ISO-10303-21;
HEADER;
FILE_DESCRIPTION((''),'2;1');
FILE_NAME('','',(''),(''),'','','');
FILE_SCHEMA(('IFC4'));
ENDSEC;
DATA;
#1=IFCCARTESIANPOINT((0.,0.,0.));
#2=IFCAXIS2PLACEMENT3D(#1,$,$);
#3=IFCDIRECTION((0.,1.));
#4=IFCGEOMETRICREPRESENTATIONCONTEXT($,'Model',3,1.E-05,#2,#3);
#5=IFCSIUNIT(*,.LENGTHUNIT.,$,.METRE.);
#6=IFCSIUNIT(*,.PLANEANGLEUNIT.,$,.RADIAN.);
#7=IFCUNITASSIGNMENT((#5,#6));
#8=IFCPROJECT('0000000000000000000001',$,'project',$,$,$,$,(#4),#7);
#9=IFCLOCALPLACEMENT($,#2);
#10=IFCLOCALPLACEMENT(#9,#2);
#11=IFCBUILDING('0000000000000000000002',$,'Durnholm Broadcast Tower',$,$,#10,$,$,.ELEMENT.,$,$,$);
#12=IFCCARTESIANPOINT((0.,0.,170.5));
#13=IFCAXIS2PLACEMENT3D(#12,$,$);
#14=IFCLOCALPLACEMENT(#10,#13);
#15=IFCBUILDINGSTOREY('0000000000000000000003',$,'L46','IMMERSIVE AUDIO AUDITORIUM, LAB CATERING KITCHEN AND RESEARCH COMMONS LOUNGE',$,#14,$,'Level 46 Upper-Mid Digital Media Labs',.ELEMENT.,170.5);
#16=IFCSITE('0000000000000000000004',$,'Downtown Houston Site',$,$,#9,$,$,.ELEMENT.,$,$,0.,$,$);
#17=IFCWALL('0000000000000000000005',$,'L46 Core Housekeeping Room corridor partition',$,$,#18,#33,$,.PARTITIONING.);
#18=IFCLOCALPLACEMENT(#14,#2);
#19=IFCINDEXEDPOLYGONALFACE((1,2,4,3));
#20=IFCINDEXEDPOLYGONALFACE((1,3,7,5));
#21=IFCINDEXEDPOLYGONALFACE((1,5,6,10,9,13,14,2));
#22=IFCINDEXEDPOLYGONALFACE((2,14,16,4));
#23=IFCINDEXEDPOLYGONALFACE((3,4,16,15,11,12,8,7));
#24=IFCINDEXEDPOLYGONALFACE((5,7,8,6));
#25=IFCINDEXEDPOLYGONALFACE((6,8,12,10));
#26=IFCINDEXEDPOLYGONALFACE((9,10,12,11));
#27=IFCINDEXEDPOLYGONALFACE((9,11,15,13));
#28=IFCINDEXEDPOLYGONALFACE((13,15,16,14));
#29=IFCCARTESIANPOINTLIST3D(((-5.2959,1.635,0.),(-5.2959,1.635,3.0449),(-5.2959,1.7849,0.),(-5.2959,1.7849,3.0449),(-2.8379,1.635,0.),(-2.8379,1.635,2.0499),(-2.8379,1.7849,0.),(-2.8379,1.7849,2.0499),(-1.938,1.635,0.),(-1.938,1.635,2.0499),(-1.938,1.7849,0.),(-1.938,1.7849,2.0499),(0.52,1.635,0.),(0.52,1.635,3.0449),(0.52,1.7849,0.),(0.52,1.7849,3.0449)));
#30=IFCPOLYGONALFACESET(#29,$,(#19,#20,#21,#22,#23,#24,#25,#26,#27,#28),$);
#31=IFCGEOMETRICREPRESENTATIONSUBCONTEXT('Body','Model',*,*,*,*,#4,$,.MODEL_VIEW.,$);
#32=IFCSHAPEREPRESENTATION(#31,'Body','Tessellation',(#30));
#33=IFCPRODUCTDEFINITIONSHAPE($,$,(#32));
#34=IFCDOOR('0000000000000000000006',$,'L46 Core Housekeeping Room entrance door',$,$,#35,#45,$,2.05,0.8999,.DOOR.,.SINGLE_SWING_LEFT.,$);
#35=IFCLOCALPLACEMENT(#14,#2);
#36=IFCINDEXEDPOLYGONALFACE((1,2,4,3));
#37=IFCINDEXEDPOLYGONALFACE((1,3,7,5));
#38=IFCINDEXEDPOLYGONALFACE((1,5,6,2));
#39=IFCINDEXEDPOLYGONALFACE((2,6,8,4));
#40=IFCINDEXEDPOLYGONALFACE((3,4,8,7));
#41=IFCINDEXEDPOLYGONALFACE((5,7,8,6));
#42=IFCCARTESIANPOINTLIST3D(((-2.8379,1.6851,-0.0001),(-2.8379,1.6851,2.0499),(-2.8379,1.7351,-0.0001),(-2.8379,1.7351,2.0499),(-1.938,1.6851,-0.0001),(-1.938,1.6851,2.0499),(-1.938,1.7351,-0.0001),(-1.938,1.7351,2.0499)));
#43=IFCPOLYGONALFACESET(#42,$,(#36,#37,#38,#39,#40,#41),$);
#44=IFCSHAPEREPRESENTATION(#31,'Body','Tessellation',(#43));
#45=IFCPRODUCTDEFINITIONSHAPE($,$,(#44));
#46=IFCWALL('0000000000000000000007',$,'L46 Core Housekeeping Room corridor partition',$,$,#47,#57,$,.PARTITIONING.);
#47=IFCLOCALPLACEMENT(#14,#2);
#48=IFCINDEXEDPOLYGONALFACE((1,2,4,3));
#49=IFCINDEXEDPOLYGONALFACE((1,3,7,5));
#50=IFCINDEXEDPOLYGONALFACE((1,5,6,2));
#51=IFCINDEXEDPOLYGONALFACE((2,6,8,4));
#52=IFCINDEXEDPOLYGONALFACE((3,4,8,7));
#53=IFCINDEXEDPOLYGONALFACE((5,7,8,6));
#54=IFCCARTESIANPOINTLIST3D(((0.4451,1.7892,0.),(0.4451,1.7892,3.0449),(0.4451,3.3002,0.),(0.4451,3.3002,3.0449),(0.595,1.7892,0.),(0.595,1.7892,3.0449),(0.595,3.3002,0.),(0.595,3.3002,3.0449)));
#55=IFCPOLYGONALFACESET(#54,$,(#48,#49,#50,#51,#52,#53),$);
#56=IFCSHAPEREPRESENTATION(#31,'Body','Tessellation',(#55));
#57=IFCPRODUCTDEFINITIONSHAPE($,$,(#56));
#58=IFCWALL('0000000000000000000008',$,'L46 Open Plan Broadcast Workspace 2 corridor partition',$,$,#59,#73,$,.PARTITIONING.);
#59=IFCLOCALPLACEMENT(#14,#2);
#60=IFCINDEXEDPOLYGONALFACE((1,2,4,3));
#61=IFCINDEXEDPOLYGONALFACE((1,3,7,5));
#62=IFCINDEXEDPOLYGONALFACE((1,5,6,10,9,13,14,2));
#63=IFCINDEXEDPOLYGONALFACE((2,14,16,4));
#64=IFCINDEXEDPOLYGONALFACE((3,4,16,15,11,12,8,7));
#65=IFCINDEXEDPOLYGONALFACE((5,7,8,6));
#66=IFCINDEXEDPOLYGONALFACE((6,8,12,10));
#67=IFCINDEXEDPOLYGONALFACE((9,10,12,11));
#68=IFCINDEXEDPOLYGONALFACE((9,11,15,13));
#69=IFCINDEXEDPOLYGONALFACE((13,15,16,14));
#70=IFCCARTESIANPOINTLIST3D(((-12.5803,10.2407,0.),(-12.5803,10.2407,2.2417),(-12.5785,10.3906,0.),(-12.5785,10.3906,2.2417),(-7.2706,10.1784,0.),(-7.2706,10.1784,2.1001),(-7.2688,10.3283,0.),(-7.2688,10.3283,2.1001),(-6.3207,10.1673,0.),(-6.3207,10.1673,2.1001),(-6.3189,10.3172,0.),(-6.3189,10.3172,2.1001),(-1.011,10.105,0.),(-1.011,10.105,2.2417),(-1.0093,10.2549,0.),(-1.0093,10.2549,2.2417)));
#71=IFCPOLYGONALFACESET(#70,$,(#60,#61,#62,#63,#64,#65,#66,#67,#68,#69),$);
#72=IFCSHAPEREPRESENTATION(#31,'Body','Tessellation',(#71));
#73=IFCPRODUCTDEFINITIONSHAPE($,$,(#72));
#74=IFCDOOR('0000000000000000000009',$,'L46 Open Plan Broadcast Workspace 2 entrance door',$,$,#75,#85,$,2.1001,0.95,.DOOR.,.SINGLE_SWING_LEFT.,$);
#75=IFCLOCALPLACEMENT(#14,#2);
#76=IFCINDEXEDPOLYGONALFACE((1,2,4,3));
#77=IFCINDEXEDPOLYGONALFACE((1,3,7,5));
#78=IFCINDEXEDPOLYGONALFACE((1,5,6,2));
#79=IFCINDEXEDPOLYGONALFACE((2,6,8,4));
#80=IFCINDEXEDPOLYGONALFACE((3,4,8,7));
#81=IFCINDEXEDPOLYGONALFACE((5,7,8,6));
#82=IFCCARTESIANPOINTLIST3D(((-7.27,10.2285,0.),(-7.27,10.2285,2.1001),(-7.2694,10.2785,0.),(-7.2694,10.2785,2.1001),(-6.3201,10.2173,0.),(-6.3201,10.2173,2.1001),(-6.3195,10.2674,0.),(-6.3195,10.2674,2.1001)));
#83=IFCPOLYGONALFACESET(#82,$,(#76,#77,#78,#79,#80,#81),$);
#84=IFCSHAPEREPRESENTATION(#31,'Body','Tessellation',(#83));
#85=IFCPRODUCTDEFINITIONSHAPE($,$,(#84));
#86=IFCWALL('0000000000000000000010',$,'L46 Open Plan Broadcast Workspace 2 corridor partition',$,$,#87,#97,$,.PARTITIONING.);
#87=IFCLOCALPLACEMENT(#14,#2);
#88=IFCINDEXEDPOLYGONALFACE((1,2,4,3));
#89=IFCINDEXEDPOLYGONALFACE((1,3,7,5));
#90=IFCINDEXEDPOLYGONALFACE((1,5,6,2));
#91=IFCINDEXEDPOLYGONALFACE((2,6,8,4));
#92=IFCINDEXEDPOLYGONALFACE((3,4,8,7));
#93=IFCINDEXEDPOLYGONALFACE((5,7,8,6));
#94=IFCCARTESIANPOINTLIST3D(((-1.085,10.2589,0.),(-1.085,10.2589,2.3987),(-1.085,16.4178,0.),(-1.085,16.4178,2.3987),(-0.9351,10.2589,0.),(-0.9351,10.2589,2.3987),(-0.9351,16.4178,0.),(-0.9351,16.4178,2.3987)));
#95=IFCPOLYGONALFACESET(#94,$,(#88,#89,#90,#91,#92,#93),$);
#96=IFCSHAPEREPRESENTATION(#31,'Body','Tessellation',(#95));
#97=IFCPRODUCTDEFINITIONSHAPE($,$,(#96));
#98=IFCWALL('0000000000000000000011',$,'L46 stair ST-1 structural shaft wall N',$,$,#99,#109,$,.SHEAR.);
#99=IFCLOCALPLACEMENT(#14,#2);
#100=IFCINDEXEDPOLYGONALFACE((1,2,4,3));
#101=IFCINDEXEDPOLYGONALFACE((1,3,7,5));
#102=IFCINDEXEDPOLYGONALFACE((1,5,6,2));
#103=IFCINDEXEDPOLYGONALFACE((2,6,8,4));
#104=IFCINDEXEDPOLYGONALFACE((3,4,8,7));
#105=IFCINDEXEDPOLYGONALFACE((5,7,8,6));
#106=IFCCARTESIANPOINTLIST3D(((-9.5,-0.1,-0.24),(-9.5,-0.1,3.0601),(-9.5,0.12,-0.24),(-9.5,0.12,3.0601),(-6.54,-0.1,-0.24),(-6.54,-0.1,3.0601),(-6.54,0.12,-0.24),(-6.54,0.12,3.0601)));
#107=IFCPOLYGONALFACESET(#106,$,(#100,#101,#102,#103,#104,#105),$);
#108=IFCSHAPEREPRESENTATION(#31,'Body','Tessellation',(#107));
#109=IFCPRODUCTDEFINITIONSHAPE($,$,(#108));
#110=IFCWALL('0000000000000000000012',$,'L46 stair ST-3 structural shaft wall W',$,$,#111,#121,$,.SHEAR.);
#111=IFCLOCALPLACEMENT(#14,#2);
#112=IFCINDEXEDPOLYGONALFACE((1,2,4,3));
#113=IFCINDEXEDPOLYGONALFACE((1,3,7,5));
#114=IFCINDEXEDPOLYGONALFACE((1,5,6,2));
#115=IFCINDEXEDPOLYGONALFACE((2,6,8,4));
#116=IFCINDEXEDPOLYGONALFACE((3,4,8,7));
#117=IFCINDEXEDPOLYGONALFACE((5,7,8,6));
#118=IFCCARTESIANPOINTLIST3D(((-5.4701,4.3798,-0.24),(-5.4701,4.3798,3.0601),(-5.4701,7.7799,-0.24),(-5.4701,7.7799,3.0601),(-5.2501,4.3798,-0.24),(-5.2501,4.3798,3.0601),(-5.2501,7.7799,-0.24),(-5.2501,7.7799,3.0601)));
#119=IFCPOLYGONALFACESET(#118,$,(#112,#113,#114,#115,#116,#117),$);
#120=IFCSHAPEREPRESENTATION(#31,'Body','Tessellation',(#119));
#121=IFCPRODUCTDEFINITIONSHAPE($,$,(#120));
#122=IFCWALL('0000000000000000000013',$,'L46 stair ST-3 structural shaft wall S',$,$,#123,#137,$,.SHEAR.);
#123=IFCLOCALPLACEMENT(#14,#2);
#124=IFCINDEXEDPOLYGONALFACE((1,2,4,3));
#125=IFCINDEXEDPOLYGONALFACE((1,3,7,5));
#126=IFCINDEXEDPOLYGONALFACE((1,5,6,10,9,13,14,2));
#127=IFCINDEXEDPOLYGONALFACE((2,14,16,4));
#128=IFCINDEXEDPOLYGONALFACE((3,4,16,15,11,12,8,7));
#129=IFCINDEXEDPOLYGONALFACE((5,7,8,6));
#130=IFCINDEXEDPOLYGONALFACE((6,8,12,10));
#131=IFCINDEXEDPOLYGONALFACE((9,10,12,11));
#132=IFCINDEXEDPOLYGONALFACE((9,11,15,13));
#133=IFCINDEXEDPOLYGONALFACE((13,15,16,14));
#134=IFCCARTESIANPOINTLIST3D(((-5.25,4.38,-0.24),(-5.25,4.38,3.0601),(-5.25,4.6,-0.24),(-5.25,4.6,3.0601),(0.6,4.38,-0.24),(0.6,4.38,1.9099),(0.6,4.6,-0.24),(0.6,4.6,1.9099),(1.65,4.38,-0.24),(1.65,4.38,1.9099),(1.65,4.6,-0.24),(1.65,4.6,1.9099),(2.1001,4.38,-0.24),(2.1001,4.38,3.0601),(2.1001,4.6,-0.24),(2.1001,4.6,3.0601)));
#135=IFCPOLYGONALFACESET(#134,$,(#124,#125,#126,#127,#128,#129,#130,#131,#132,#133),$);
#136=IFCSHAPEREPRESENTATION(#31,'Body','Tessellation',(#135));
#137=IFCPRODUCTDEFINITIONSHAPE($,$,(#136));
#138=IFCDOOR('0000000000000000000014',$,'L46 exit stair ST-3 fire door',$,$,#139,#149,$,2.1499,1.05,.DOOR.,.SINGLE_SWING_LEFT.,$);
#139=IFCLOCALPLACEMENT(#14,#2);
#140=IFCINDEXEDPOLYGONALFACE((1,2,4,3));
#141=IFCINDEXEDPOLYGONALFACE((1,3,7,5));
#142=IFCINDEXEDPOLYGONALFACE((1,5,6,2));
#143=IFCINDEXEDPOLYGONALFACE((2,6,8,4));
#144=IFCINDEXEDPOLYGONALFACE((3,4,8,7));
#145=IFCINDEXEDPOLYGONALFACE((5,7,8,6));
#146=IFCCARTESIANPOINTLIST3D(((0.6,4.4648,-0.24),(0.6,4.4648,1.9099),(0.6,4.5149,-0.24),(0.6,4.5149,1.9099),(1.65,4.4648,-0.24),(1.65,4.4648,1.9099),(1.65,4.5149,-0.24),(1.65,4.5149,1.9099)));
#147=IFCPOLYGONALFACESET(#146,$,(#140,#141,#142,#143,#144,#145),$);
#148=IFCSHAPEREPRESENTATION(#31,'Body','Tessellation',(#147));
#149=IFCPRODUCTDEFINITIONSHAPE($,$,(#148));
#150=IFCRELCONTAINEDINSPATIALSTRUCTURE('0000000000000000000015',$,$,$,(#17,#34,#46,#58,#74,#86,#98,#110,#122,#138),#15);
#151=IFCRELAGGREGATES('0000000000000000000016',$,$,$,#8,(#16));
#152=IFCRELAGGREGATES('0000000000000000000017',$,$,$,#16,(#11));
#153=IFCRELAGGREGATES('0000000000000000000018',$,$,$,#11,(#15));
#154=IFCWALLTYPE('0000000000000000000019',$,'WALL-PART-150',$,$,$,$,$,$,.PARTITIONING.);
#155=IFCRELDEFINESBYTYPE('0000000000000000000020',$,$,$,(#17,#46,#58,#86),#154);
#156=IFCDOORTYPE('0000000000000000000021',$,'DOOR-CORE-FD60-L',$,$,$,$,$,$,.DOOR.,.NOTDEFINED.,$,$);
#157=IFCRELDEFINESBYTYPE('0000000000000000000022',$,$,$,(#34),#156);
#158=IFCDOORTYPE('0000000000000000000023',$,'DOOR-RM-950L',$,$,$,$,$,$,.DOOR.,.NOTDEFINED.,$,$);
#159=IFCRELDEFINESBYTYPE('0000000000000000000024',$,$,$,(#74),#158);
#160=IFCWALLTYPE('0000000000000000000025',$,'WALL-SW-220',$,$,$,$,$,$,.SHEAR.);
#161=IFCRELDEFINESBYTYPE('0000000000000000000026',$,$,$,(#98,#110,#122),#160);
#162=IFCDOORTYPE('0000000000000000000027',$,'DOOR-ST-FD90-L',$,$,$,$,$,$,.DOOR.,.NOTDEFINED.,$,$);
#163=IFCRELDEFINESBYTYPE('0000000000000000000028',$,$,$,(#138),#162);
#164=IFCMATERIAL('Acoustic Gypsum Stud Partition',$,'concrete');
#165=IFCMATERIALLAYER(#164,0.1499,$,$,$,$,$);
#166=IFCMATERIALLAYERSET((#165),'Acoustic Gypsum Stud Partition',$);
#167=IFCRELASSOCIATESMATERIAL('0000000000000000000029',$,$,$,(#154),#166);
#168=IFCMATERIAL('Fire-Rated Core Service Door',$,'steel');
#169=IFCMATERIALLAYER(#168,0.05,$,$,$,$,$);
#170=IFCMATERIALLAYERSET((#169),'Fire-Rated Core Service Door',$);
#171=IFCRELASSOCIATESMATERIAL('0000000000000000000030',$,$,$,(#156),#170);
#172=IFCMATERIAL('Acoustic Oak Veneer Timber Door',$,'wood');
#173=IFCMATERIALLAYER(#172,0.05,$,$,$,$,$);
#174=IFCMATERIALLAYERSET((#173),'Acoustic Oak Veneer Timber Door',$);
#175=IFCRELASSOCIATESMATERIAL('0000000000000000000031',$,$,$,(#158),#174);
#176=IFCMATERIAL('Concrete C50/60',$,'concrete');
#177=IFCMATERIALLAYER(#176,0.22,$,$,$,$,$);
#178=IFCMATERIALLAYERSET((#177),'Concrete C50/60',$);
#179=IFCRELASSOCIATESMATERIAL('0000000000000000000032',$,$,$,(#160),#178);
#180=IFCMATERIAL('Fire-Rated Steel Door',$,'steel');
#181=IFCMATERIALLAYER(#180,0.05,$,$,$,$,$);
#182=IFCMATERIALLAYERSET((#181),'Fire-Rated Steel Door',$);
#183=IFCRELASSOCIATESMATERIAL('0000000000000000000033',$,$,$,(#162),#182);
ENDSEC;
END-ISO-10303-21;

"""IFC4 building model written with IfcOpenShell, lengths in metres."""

from ifc_helpers import new_model, si_unit, direction, frame, frame_2d, origin, place, context, subcontext, project, spatial, rectangle, extrude, source, transform, mapped, material, layer, layer_set, type_object, type_shapes, element, fill, save


model = new_model("IFC4")

# Units and contexts
model_context = context("Model", 3, precision=1e-05, world=origin(), true_north=direction((0.0, 1.0)))
body_context = subcontext(model_context, "Body", "Model", "MODEL_VIEW")
ifc_project = project(units=[si_unit("LENGTHUNIT", "METRE"), si_unit("PLANEANGLEUNIT", "RADIAN")], contexts=[model_context])

# Site, building, storey
site_placement = place(None, origin())
site = spatial("IfcSite", under=ifc_project, at=site_placement, Name="Downtown Houston Site", CompositionType="ELEMENT", RefElevation=0.0)
building_placement = place(site_placement, origin())
building = spatial("IfcBuilding", under=site, at=building_placement, Name="Durnholm Broadcast Tower", CompositionType="ELEMENT")
storey_placement = place(building_placement, frame((0.0, 0.0, 170.5)))
storey = spatial("IfcBuildingStorey", under=building, at=storey_placement, Name="L46", Description="IMMERSIVE AUDIO AUDITORIUM, LAB CATERING KITCHEN AND RESEARCH COMMONS LOUNGE", LongName="Level 46 Upper-Mid Digital Media Labs", CompositionType="ELEMENT", Elevation=170.5)

# Shared definitions
ifc_material_1 = material(Name="Concrete C50/60", Category="concrete")

# Wall, opening, door
ifc_material_2 = material(Name="Acoustic Gypsum Stud Partition", Category="concrete")
ifc_layer_1 = layer(ifc_material_2, 0.1499)
ifc_layer_set_1 = layer_set([ifc_layer_1], Name="Acoustic Gypsum Stud Partition")
wall_type_1 = type_object("IfcWallType", Name="WALL-PART-150", PredefinedType="PARTITIONING", material=ifc_layer_set_1)
wall_1_placement = place(storey_placement, frame((0.52, 1.71, 0.0), z_axis=(0.0, 0.0, 1.0), x_axis=(-1.0, 0.0, 0.0)))
wall_1 = element("IfcWall", 1, at=wall_1_placement, inside=storey, type_object=wall_type_1, Name="L46 Core Housekeeping Room corridor partition", PredefinedType="PARTITIONING", context=body_context, shape_type="SweptSolid", body=[
    extrude(rectangle(XDim=5.8159, YDim=0.1499, at=frame_2d((2.908, 0.0))), origin(), (0.0, 0.0, 1.0), 3.0449),
])
opening_1_placement = place(wall_1_placement, frame((2.458, 0.0, 0.0)))
opening_1 = element("IfcOpeningElement", 2, at=opening_1_placement, cuts=wall_1, PredefinedType="OPENING", context=body_context, shape_type="SweptSolid", body=[
    extrude(rectangle(XDim=0.8999, YDim=2.05, at=frame_2d((0.45, 1.0249))), frame((0.0, 0.085, 0.0), z_axis=(0.0, -1.0, 0.0), x_axis=(1.0, 0.0, 0.0)), (0.0, 0.0, 1.0), 0.1699),
])
ifc_material_3 = material(Name="Fire-Rated Core Service Door", Category="steel")
ifc_layer_2 = layer(ifc_material_3, 0.05)
ifc_layer_set_2 = layer_set([ifc_layer_2], Name="Fire-Rated Core Service Door")
door_type_1 = type_object("IfcDoorType", Name="DOOR-CORE-FD60-L", OperationType="NOTDEFINED", PredefinedType="DOOR", material=ifc_layer_set_2)
shared_shape_1 = source(origin(), body_context, "Body", "SweptSolid", [
    extrude(rectangle(XDim=0.8999, YDim=2.05, at=frame_2d((0.45, 1.0249))), frame((0.0, 0.0249, 0.0), z_axis=(0.0, -1.0, 0.0), x_axis=(1.0, 0.0, 0.0)), (0.0, 0.0, 1.0), 0.05),
])
type_shapes(door_type_1, [shared_shape_1])
door_1_placement = place(opening_1_placement, origin())
door_1 = element("IfcDoor", 3, at=door_1_placement, inside=storey, type_object=door_type_1, Name="L46 Core Housekeeping Room entrance door", OperationType="SINGLE_SWING_LEFT", OverallHeight=2.05, OverallWidth=0.8999, PredefinedType="DOOR", context=body_context, shape_type="MappedRepresentation", body=[
    mapped(shared_shape_1, transform((0.0, 0.0, 0.0), x_axis=(1.0, 0.0, 0.0), y_axis=(0.0, 1.0, 0.0), z_axis=(0.0, 0.0, 1.0), scale=1.0)),
])
fill(opening_1, door_1)

# Wall
wall_2_placement = place(storey_placement, frame((0.52, 3.3, 0.0), z_axis=(0.0, 0.0, 1.0), x_axis=(0.0, -1.0, 0.0)))
element("IfcWall", 4, at=wall_2_placement, inside=storey, type_object=wall_type_1, Name="L46 Core Housekeeping Room corridor partition", PredefinedType="PARTITIONING", context=body_context, shape_type="SweptSolid", body=[
    extrude(rectangle(XDim=1.511, YDim=0.1499, at=frame_2d((0.7554, 0.0))), origin(), (0.0, 0.0, 1.0), 3.0449),
])

# Wall, opening, door
wall_3_placement = place(storey_placement, frame((-1.01, 10.1799, 0.0), z_axis=(0.0, 0.0, 1.0), x_axis=(-0.999931, 0.011732, 0.0)))
wall_3 = element("IfcWall", 5, at=wall_3_placement, inside=storey, type_object=wall_type_1, Name="L46 Open Plan Broadcast Workspace 2 corridor partition", PredefinedType="PARTITIONING", context=body_context, shape_type="SweptSolid", body=[
    extrude(rectangle(XDim=11.5701, YDim=0.1499, at=frame_2d((5.7852, 0.0))), origin(), (0.0, 0.0, 1.0), 2.2417),
])
opening_2_placement = place(wall_3_placement, frame((5.3101, 0.0, 0.0)))
opening_2 = element("IfcOpeningElement", 6, at=opening_2_placement, cuts=wall_3, PredefinedType="OPENING", context=body_context, shape_type="SweptSolid", body=[
    extrude(rectangle(XDim=0.95, YDim=2.1001, at=frame_2d((0.4751, 1.05))), frame((0.0, 0.085, 0.0), z_axis=(0.0, -1.0, 0.0), x_axis=(1.0, 0.0, 0.0)), (0.0, 0.0, 1.0), 0.1699),
])
ifc_material_4 = material(Name="Acoustic Oak Veneer Timber Door", Category="wood")
ifc_layer_3 = layer(ifc_material_4, 0.05)
ifc_layer_set_3 = layer_set([ifc_layer_3], Name="Acoustic Oak Veneer Timber Door")
door_type_2 = type_object("IfcDoorType", Name="DOOR-RM-950L", OperationType="NOTDEFINED", PredefinedType="DOOR", material=ifc_layer_set_3)
shared_shape_2 = source(origin(), body_context, "Body", "SweptSolid", [
    extrude(rectangle(XDim=0.95, YDim=2.1001, at=frame_2d((0.4751, 1.05))), frame((0.0, 0.0249, 0.0), z_axis=(0.0, -1.0, 0.0), x_axis=(1.0, 0.0, 0.0)), (0.0, 0.0, 1.0), 0.05),
])
type_shapes(door_type_2, [shared_shape_2])
door_2_placement = place(opening_2_placement, origin())
door_2 = element("IfcDoor", 7, at=door_2_placement, inside=storey, type_object=door_type_2, Name="L46 Open Plan Broadcast Workspace 2 entrance door", OperationType="SINGLE_SWING_LEFT", OverallHeight=2.1001, OverallWidth=0.95, PredefinedType="DOOR", context=body_context, shape_type="MappedRepresentation", body=[
    mapped(shared_shape_2, transform((0.0, 0.0, 0.0), x_axis=(1.0, 0.0, 0.0), y_axis=(0.0, 1.0, 0.0), z_axis=(0.0, 0.0, 1.0), scale=1.0)),
])
fill(opening_2, door_2)

# Walls
wall_4_placement = place(storey_placement, frame((-1.01, 16.418, 0.0), z_axis=(0.0, 0.0, 1.0), x_axis=(0.0, -1.0, 0.0)))
element("IfcWall", 8, at=wall_4_placement, inside=storey, type_object=wall_type_1, Name="L46 Open Plan Broadcast Workspace 2 corridor partition", PredefinedType="PARTITIONING", context=body_context, shape_type="SweptSolid", body=[
    extrude(rectangle(XDim=6.1589, YDim=0.1499, at=frame_2d((3.0796, 0.0))), origin(), (0.0, 0.0, 1.0), 2.3987),
])
ifc_layer_4 = layer(ifc_material_1, 0.22)
ifc_layer_set_4 = layer_set([ifc_layer_4], Name="Concrete C50/60")
wall_type_2 = type_object("IfcWallType", Name="WALL-SW-220", PredefinedType="SHEAR", material=ifc_layer_set_4)
wall_5_placement = place(storey_placement, frame((-6.54, 0.01, -0.24), z_axis=(0.0, 0.0, 1.0), x_axis=(-1.0, 0.0, 0.0)))
element("IfcWall", 9, at=wall_5_placement, inside=storey, type_object=wall_type_2, Name="L46 stair ST-1 structural shaft wall N", PredefinedType="SHEAR", context=body_context, shape_type="SweptSolid", body=[
    extrude(rectangle(XDim=2.96, YDim=0.22, at=frame_2d((1.48, 0.0))), origin(), (0.0, 0.0, 1.0), 3.3),
])
wall_6_placement = place(storey_placement, frame((-5.3601, 7.78, -0.24), z_axis=(0.0, 0.0, 1.0), x_axis=(0.0, -1.0, 0.0)))
element("IfcWall", 10, at=wall_6_placement, inside=storey, type_object=wall_type_2, Name="L46 stair ST-3 structural shaft wall W", PredefinedType="SHEAR", context=body_context, shape_type="SweptSolid", body=[
    extrude(rectangle(XDim=3.4001, YDim=0.22, at=frame_2d((1.7002, 0.0))), origin(), (0.0, 0.0, 1.0), 3.3),
])

# Wall, opening, door
wall_7_placement = place(storey_placement, frame((-5.25, 4.49, -0.24), z_axis=(0.0, 0.0, 1.0), x_axis=(1.0, 0.0, 0.0)))
wall_7 = element("IfcWall", 11, at=wall_7_placement, inside=storey, type_object=wall_type_2, Name="L46 stair ST-3 structural shaft wall S", PredefinedType="SHEAR", context=body_context, shape_type="SweptSolid", body=[
    extrude(rectangle(XDim=7.3501, YDim=0.22, at=frame_2d((3.675, 0.0))), origin(), (0.0, 0.0, 1.0), 3.3),
])
opening_3_placement = place(wall_7_placement, frame((5.8501, 0.0, 0.0)))
opening_3 = element("IfcOpeningElement", 12, at=opening_3_placement, cuts=wall_7, PredefinedType="OPENING", context=body_context, shape_type="SweptSolid", body=[
    extrude(rectangle(XDim=1.05, YDim=2.1499, at=frame_2d((0.5249, 1.075))), frame((0.0, 0.1201, 0.0), z_axis=(0.0, -1.0, 0.0), x_axis=(1.0, 0.0, 0.0)), (0.0, 0.0, 1.0), 0.24),
])
ifc_material_5 = material(Name="Fire-Rated Steel Door", Category="steel")
ifc_layer_5 = layer(ifc_material_5, 0.05)
ifc_layer_set_5 = layer_set([ifc_layer_5], Name="Fire-Rated Steel Door")
door_type_3 = type_object("IfcDoorType", Name="DOOR-ST-FD90-L", OperationType="NOTDEFINED", PredefinedType="DOOR", material=ifc_layer_set_5)
shared_shape_3 = source(origin(), body_context, "Body", "SweptSolid", [
    extrude(rectangle(XDim=1.05, YDim=2.1499, at=frame_2d((0.5249, 1.075))), frame((0.0, 0.0249, 0.0), z_axis=(0.0, -1.0, 0.0), x_axis=(1.0, 0.0, 0.0)), (0.0, 0.0, 1.0), 0.05),
])
type_shapes(door_type_3, [shared_shape_3])
door_3_placement = place(opening_3_placement, origin())
door_3 = element("IfcDoor", 13, at=door_3_placement, inside=storey, type_object=door_type_3, Name="L46 exit stair ST-3 fire door", OperationType="SINGLE_SWING_LEFT", OverallHeight=2.1499, OverallWidth=1.05, PredefinedType="DOOR", context=body_context, shape_type="MappedRepresentation", body=[
    mapped(shared_shape_3, transform((0.0, 0.0, 0.0), x_axis=(1.0, 0.0, 0.0), y_axis=(0.0, 1.0, 0.0), z_axis=(0.0, 0.0, 1.0), scale=1.0)),
])
fill(opening_3, door_3)

save(model, "model.ifc")
